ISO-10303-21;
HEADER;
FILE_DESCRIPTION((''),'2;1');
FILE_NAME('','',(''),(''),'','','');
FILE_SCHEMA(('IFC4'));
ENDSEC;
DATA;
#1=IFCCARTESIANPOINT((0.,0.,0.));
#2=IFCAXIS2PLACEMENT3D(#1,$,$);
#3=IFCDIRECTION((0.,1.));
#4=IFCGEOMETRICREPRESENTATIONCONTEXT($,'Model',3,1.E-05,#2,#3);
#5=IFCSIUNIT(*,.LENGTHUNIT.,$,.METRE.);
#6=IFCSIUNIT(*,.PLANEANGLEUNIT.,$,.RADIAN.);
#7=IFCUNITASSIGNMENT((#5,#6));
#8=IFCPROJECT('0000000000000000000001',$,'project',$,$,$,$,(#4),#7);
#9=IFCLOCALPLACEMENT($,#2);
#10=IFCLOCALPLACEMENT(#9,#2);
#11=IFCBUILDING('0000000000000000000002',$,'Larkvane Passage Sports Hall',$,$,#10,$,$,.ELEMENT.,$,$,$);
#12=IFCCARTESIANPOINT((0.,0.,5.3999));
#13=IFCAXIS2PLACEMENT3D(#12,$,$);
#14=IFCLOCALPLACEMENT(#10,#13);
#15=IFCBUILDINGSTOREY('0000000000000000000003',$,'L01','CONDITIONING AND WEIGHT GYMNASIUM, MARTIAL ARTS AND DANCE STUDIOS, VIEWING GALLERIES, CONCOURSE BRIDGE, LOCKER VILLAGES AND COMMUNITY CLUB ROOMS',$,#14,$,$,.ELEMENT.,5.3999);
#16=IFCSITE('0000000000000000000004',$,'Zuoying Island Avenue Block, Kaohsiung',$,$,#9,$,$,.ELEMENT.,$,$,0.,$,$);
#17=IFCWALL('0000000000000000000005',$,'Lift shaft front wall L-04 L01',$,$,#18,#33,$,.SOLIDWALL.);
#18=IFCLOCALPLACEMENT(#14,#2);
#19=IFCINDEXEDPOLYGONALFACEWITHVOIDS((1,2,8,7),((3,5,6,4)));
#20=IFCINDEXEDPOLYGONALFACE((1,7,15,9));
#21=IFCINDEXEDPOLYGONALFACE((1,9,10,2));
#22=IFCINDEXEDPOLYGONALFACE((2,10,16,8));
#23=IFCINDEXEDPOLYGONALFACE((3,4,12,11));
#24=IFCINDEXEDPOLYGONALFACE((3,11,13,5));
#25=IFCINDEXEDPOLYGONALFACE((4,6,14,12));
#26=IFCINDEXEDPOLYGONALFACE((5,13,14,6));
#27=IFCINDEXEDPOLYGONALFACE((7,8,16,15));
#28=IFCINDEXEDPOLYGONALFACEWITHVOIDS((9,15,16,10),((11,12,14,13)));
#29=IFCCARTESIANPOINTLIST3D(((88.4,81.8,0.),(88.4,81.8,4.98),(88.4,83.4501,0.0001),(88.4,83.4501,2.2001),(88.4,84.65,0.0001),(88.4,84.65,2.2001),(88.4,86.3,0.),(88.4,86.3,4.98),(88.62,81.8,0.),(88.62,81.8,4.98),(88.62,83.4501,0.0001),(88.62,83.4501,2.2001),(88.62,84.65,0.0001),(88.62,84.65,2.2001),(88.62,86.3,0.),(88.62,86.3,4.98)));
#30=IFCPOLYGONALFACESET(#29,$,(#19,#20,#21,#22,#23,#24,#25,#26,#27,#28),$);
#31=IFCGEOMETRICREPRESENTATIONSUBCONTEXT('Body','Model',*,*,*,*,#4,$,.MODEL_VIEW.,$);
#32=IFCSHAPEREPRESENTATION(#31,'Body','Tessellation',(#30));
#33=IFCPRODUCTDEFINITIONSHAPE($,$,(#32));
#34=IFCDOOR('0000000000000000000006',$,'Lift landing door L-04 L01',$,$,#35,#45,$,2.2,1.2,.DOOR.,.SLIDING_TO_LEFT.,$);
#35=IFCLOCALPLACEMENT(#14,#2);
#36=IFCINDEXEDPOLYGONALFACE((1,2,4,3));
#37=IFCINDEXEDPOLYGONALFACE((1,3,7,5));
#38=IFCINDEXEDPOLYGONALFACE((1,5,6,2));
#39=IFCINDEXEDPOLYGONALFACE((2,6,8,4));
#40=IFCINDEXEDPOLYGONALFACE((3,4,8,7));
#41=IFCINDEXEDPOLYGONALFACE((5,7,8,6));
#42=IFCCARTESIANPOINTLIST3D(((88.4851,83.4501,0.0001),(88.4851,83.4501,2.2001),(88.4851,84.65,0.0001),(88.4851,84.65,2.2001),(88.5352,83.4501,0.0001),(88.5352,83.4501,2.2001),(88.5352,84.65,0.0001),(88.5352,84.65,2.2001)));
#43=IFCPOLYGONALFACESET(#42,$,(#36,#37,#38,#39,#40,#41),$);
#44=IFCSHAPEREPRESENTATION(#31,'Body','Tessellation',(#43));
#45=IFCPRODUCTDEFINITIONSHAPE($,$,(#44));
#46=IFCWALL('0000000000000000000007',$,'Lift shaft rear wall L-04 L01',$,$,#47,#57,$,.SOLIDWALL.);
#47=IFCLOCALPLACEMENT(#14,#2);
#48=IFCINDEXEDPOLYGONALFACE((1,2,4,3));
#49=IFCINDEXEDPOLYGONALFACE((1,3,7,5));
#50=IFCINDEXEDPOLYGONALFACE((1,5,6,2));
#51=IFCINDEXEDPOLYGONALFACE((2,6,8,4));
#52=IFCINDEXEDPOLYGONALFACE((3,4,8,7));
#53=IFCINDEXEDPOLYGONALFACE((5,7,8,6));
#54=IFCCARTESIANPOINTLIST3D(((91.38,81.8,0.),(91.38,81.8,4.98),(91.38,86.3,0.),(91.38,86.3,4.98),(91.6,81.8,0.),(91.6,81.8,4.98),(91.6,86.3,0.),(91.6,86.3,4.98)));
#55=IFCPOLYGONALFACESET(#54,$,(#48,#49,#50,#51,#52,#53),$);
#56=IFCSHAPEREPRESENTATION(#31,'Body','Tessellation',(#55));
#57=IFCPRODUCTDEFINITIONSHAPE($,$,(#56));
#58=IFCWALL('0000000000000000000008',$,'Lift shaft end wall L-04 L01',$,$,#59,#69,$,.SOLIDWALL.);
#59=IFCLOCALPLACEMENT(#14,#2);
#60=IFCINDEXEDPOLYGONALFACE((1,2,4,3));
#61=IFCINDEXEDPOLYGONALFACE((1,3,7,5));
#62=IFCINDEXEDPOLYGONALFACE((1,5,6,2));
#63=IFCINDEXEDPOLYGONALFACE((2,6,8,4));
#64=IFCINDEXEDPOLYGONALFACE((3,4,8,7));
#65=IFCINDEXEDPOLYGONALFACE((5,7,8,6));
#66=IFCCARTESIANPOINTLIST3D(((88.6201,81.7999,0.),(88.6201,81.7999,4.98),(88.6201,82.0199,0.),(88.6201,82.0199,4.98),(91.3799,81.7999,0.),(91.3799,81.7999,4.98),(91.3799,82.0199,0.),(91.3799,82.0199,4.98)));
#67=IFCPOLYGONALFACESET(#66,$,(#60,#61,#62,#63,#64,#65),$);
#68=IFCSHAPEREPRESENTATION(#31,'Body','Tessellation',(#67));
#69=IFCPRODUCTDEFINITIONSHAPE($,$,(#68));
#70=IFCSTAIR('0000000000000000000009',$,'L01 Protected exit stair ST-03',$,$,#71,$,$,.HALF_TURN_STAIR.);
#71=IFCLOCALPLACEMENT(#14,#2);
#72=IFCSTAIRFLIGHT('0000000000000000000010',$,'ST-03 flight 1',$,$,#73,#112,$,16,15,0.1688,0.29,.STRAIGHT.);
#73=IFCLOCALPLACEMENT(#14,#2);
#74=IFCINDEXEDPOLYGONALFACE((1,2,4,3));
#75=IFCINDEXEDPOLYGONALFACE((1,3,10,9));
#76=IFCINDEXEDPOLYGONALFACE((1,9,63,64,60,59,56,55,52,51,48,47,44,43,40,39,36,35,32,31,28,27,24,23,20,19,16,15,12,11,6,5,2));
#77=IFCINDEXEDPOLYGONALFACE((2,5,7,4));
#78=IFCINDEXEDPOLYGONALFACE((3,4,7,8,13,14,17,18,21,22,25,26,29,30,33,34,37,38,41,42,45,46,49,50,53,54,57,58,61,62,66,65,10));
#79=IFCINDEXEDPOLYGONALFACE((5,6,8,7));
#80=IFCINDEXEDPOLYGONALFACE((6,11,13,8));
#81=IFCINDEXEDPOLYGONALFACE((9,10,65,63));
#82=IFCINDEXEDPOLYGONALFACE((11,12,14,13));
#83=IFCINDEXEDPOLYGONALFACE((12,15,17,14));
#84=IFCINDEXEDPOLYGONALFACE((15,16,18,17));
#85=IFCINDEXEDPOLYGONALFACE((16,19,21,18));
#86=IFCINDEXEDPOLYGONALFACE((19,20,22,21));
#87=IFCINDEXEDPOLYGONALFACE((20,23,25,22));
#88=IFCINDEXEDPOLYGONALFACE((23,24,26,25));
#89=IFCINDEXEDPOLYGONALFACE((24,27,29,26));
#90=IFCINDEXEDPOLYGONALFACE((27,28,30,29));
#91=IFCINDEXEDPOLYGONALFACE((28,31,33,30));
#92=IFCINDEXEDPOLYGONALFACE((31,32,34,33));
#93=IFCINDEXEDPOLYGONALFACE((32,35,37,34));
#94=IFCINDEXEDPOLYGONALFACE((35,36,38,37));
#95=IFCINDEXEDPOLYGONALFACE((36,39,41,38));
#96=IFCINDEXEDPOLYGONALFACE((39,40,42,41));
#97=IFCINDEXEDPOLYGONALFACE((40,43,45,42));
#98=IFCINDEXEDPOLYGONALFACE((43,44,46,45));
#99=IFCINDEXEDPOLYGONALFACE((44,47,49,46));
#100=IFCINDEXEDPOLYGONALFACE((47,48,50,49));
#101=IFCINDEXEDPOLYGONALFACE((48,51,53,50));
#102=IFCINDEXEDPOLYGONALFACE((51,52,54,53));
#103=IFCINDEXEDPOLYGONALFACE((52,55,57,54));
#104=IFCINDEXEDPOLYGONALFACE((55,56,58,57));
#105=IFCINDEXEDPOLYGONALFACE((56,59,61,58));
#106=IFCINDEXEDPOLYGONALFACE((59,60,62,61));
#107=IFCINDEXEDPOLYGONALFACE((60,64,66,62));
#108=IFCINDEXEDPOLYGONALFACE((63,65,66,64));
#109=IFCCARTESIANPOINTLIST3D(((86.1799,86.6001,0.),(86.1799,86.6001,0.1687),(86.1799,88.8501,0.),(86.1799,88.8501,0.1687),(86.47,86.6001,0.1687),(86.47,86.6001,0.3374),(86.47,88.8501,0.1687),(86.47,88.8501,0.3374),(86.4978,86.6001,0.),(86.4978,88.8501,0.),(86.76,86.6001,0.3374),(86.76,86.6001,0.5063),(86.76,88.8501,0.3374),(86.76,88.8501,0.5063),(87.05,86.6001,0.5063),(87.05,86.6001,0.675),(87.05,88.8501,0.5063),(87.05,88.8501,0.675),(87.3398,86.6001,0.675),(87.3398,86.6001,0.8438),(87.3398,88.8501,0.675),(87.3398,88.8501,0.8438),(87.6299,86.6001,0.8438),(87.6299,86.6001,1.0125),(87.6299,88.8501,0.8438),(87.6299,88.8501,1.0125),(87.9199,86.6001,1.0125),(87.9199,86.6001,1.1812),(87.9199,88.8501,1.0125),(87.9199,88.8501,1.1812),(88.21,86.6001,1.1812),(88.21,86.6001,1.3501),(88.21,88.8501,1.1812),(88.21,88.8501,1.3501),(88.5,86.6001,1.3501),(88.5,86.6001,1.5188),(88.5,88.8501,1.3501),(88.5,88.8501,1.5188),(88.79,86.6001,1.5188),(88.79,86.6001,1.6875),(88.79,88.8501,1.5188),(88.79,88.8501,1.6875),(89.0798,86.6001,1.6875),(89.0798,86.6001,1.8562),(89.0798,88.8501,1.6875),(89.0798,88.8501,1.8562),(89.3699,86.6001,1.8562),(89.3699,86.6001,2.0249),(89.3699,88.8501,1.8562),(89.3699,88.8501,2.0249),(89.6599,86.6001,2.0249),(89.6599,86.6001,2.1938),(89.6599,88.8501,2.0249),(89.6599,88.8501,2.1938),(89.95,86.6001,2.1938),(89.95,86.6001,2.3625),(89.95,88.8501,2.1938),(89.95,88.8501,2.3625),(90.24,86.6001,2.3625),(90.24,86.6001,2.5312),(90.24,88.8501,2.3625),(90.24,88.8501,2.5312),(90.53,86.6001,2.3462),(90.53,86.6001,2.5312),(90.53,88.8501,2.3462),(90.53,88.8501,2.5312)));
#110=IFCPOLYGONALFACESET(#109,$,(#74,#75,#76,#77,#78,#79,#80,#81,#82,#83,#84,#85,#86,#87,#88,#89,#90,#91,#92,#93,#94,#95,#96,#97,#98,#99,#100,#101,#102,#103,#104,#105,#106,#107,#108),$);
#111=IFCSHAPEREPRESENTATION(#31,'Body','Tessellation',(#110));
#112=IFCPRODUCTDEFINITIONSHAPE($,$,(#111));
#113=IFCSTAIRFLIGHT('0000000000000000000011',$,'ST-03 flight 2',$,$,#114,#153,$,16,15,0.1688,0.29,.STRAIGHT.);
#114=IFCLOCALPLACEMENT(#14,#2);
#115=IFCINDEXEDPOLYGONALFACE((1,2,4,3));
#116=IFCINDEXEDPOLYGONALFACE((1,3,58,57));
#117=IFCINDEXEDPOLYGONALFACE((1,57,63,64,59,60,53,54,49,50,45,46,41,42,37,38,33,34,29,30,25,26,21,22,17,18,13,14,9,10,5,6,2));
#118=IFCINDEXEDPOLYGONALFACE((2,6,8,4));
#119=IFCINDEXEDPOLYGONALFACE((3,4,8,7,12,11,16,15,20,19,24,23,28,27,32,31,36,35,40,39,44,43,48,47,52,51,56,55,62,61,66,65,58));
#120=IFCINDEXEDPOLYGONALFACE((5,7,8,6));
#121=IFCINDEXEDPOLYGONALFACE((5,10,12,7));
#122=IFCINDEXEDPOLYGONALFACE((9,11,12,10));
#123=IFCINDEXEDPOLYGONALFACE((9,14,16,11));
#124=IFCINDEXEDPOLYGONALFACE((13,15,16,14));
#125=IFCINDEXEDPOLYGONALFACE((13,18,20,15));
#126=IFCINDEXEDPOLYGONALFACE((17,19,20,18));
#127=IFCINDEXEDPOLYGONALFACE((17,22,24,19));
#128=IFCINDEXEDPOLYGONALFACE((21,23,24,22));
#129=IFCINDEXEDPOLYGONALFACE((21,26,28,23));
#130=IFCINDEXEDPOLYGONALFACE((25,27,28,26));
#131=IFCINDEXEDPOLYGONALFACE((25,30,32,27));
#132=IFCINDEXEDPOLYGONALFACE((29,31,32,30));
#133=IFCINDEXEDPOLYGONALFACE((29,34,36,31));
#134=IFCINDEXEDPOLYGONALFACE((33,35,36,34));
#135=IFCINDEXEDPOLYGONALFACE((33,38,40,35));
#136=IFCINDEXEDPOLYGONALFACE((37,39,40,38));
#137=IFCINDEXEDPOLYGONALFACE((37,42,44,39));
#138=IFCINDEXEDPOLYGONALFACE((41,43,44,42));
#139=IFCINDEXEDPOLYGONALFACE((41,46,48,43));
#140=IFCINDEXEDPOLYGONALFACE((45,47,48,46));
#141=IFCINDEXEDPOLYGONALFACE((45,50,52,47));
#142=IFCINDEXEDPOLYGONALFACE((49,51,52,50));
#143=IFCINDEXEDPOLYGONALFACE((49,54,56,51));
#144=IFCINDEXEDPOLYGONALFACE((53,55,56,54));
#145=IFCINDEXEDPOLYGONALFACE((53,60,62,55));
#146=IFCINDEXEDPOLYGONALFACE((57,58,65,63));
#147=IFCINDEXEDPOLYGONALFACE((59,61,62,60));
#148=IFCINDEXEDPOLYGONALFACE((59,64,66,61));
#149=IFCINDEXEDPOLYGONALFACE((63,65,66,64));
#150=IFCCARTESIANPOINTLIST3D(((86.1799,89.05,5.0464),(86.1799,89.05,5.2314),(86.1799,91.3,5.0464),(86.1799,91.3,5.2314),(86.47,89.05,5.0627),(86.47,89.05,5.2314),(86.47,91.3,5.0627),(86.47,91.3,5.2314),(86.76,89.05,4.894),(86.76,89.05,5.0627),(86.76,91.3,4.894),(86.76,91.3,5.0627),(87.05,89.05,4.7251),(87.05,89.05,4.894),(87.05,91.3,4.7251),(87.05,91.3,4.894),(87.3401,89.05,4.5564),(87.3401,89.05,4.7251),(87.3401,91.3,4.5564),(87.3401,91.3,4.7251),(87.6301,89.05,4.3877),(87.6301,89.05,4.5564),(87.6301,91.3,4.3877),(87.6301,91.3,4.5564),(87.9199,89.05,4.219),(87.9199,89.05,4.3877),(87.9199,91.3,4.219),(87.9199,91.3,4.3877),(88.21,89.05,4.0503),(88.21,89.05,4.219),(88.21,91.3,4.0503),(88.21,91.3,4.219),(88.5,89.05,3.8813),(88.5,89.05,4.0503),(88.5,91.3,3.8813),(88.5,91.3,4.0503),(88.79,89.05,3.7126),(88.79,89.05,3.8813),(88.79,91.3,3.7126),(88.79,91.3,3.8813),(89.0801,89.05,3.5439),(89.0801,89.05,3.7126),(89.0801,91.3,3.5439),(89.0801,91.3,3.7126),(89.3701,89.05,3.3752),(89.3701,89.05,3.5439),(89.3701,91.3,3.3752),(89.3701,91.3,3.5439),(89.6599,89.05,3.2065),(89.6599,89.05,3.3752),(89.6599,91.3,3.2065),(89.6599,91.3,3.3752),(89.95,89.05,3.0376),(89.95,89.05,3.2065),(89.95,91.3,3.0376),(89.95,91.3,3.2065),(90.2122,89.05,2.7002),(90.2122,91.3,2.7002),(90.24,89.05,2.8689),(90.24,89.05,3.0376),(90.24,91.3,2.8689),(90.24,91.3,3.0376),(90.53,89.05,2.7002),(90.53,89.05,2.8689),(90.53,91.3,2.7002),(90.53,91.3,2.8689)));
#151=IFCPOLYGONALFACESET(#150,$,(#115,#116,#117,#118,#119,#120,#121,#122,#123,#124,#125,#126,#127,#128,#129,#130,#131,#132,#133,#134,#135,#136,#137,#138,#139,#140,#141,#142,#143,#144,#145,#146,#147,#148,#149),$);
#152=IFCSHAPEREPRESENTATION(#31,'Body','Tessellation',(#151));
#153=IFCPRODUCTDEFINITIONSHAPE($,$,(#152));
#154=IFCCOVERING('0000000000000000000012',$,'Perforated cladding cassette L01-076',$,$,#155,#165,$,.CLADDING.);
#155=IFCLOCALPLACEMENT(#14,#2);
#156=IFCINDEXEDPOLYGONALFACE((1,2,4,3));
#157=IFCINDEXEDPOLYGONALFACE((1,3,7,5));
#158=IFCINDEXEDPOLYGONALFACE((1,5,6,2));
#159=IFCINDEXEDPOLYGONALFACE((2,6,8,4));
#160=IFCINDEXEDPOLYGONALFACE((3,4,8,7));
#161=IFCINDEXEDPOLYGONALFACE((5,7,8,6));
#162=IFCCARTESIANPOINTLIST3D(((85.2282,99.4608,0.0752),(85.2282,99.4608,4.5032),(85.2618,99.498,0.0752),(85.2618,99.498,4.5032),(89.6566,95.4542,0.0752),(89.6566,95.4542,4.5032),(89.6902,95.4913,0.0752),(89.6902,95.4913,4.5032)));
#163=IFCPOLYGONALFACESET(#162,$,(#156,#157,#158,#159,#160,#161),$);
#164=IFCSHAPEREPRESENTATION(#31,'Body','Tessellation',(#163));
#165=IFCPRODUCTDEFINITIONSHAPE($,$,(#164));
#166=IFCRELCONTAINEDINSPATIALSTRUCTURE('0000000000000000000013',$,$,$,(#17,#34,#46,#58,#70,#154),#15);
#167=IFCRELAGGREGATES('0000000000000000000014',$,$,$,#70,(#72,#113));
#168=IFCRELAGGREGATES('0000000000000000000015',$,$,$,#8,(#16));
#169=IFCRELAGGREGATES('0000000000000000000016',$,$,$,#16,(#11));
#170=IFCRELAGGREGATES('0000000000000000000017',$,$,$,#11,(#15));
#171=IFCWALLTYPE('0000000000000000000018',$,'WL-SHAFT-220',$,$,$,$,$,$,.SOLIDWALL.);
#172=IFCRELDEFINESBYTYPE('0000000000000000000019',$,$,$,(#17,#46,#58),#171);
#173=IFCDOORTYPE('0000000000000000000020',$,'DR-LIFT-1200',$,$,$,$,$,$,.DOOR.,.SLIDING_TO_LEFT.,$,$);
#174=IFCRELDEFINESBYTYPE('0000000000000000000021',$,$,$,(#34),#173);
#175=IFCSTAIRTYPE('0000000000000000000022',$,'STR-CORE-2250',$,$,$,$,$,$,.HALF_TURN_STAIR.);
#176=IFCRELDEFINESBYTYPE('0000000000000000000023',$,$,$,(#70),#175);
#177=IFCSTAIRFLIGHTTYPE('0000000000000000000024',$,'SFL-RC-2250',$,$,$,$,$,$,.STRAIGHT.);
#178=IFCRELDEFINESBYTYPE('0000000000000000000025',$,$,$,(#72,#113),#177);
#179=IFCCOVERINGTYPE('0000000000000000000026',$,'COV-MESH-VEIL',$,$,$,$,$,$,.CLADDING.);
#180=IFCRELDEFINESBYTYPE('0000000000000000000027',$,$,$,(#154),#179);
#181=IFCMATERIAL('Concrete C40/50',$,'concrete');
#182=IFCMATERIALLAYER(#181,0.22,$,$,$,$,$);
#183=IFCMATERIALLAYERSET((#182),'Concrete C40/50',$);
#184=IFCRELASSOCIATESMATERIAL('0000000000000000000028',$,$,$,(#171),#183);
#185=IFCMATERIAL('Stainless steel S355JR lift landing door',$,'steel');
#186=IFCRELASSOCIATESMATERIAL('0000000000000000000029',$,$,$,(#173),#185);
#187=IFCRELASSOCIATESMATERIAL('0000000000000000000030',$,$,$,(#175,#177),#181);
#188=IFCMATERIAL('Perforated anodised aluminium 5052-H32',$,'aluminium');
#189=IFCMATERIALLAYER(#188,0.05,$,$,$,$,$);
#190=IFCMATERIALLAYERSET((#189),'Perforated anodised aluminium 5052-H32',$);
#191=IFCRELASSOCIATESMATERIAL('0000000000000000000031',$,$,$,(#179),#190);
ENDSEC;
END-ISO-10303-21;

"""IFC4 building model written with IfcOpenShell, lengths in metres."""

from ifc_helpers import new_model, si_unit, direction, frame, frame_2d, origin, origin_2d, place, context, subcontext, project, spatial, polyline, rectangle, outline, extrude, material, layer, layer_set, type_object, element, fill, aggregate, save


model = new_model("IFC4")

# Units and contexts
model_context = context("Model", 3, precision=1e-05, world=origin(), true_north=direction((0.0, 1.0)))
body_context = subcontext(model_context, "Body", "Model", "MODEL_VIEW")
ifc_project = project(units=[si_unit("LENGTHUNIT", "METRE"), si_unit("PLANEANGLEUNIT", "RADIAN")], contexts=[model_context])

# Site, building, storey
site_placement = place(None, origin())
site = spatial("IfcSite", under=ifc_project, at=site_placement, Name="Zuoying Island Avenue Block, Kaohsiung", CompositionType="ELEMENT", RefElevation=0.0)
building_placement = place(site_placement, origin())
building = spatial("IfcBuilding", under=site, at=building_placement, Name="Larkvane Passage Sports Hall", CompositionType="ELEMENT")
storey_placement = place(building_placement, frame((0.0, 0.0, 5.3999)))
storey = spatial("IfcBuildingStorey", under=building, at=storey_placement, Name="L01", Description="CONDITIONING AND WEIGHT GYMNASIUM, MARTIAL ARTS AND DANCE STUDIOS, VIEWING GALLERIES, CONCOURSE BRIDGE, LOCKER VILLAGES AND COMMUNITY CLUB ROOMS", CompositionType="ELEMENT", Elevation=5.3999)

# Wall, opening, door
ifc_material_1 = material(Name="Concrete C40/50", Category="concrete")
ifc_layer_1 = layer(ifc_material_1, 0.22)
ifc_layer_set_1 = layer_set([ifc_layer_1], Name="Concrete C40/50")
wall_type_1 = type_object("IfcWallType", Name="WL-SHAFT-220", PredefinedType="SOLIDWALL", material=ifc_layer_set_1)
wall_1_placement = place(storey_placement, frame((88.51, 81.8, 0.0), z_axis=(0.0, 0.0, 1.0), x_axis=(0.0, 1.0, 0.0)))
wall_1 = element("IfcWall", 1, at=wall_1_placement, inside=storey, type_object=wall_type_1, Name="Lift shaft front wall L-04 L01", PredefinedType="SOLIDWALL", context=body_context, shape_type="SweptSolid", body=[
    extrude(rectangle(XDim=4.5, YDim=0.22, at=frame_2d((2.25, 0.0))), origin(), (0.0, 0.0, 1.0), 4.98),
])
opening_1_placement = place(wall_1_placement, frame((1.6499, 0.0, 0.0)))
opening_1 = element("IfcOpeningElement", 2, at=opening_1_placement, cuts=wall_1, PredefinedType="OPENING", context=body_context, shape_type="SweptSolid", body=[
    extrude(rectangle(XDim=1.2, YDim=2.2, at=frame_2d((0.6001, 1.1001))), frame((0.0, 0.1199, 0.0), z_axis=(0.0, -1.0, 0.0), x_axis=(1.0, 0.0, 0.0)), (0.0, 0.0, 1.0), 0.24),
])
ifc_material_2 = material(Name="Stainless steel S355JR lift landing door", Category="steel")
door_type_1 = type_object("IfcDoorType", Name="DR-LIFT-1200", OperationType="SLIDING_TO_LEFT", PredefinedType="DOOR", material=ifc_material_2)
door_1_placement = place(opening_1_placement, origin())
door_1 = element("IfcDoor", 3, at=door_1_placement, inside=storey, type_object=door_type_1, Name="Lift landing door L-04 L01", OperationType="SLIDING_TO_LEFT", OverallHeight=2.2, OverallWidth=1.2, PredefinedType="DOOR", context=body_context, shape_type="SweptSolid", body=[
    extrude(rectangle(XDim=1.2, YDim=2.2, at=frame_2d((0.6001, 1.1001))), frame((0.0, 0.0249, 0.0), z_axis=(0.0, -1.0, 0.0), x_axis=(1.0, 0.0, 0.0)), (0.0, 0.0, 1.0), 0.05),
])
fill(opening_1, door_1)

# Walls
wall_2_placement = place(storey_placement, frame((91.49, 81.8, 0.0), z_axis=(0.0, 0.0, 1.0), x_axis=(0.0, 1.0, 0.0)))
element("IfcWall", 4, at=wall_2_placement, inside=storey, type_object=wall_type_1, Name="Lift shaft rear wall L-04 L01", PredefinedType="SOLIDWALL", context=body_context, shape_type="SweptSolid", body=[
    extrude(rectangle(XDim=4.5, YDim=0.22, at=frame_2d((2.25, 0.0))), origin(), (0.0, 0.0, 1.0), 4.98),
])
wall_3_placement = place(storey_placement, frame((88.6201, 81.9099, 0.0), z_axis=(0.0, 0.0, 1.0), x_axis=(1.0, 0.0, 0.0)))
element("IfcWall", 5, at=wall_3_placement, inside=storey, type_object=wall_type_1, Name="Lift shaft end wall L-04 L01", PredefinedType="SOLIDWALL", context=body_context, shape_type="SweptSolid", body=[
    extrude(rectangle(XDim=2.7598, YDim=0.22, at=frame_2d((1.3799, 0.0))), origin(), (0.0, 0.0, 1.0), 4.98),
])

# Stair, stair flights
stair_type = type_object("IfcStairType", Name="STR-CORE-2250", PredefinedType="HALF_TURN_STAIR", material=ifc_material_1)
stair_placement = place(storey_placement, origin())
stair = element("IfcStair", 6, at=stair_placement, inside=storey, type_object=stair_type, Name="L01 Protected exit stair ST-03", PredefinedType="HALF_TURN_STAIR")
stair_flight_type = type_object("IfcStairFlightType", Name="SFL-RC-2250", PredefinedType="STRAIGHT", material=ifc_material_1)
stair_flight_1_placement = place(storey_placement, frame((86.1799, 87.7251, 0.0), z_axis=(0.0, 0.0, 1.0), x_axis=(1.0, 0.0, 0.0)))
stair_flight_1 = element("IfcStairFlight", 7, at=stair_flight_1_placement, type_object=stair_flight_type, Name="ST-03 flight 1", NumberOfRisers=16, NumberOfTreads=15, PredefinedType="STRAIGHT", RiserHeight=0.1688, TreadLength=0.29, context=body_context, shape_type="SweptSolid", body=[
    extrude(outline(polyline([(0.0, 0.0), (0.0, 0.1687), (0.29, 0.1687), (0.29, 0.3374), (0.5801, 0.3374), (0.5801, 0.5063), (0.8701, 0.5063), (0.8701, 0.675), (1.1599, 0.675), (1.1599, 0.8438), (1.45, 0.8438), (1.45, 1.0125), (1.74, 1.0125), (1.74, 1.1812), (2.03, 1.1812), (2.03, 1.3501), (2.3201, 1.3501), (2.3201, 1.5188), (2.6101, 1.5188), (2.6101, 1.6875), (2.8999, 1.6875), (2.8999, 1.8562), (3.1899, 1.8562), (3.1899, 2.0249), (3.48, 2.0249), (3.48, 2.1938), (3.77, 2.1938), (3.77, 2.3625), (4.0601, 2.3625), (4.0601, 2.5312), (4.3501, 2.5312), (4.3501, 2.7), (4.3501, 2.3462), (0.3179, 0.0), (0.0, 0.0)])), frame((0.0, 1.125, 0.0), z_axis=(0.0, -1.0, 0.0), x_axis=(1.0, 0.0, 0.0)), (0.0, 0.0, 1.0), 2.25),
])
stair_flight_2_placement = place(storey_placement, frame((90.53, 90.175, 2.7002), z_axis=(0.0, 0.0, 1.0), x_axis=(-1.0, 0.0, 0.0)))
stair_flight_2 = element("IfcStairFlight", 8, at=stair_flight_2_placement, type_object=stair_flight_type, Name="ST-03 flight 2", NumberOfRisers=16, NumberOfTreads=15, PredefinedType="STRAIGHT", RiserHeight=0.1688, TreadLength=0.29, context=body_context, shape_type="SweptSolid", body=[
    extrude(outline(polyline([(0.0, 0.0), (0.0, 0.1687), (0.29, 0.1687), (0.29, 0.3374), (0.5801, 0.3374), (0.5801, 0.5063), (0.8701, 0.5063), (0.8701, 0.675), (1.1599, 0.675), (1.1599, 0.8438), (1.45, 0.8438), (1.45, 1.0125), (1.74, 1.0125), (1.74, 1.1812), (2.03, 1.1812), (2.03, 1.3501), (2.3201, 1.3501), (2.3201, 1.5188), (2.6101, 1.5188), (2.6101, 1.6875), (2.8999, 1.6875), (2.8999, 1.8562), (3.1899, 1.8562), (3.1899, 2.0249), (3.48, 2.0249), (3.48, 2.1938), (3.77, 2.1938), (3.77, 2.3625), (4.0601, 2.3625), (4.0601, 2.5312), (4.3501, 2.5312), (4.3501, 2.7), (4.3501, 2.3462), (0.3179, 0.0), (0.0, 0.0)])), frame((0.0, 1.125, 0.0), z_axis=(0.0, -1.0, 0.0), x_axis=(1.0, 0.0, 0.0)), (0.0, 0.0, 1.0), 2.25),
])
aggregate(stair, [stair_flight_1, stair_flight_2])

# Covering
ifc_material_3 = material(Name="Perforated anodised aluminium 5052-H32", Category="aluminium")
ifc_layer_2 = layer(ifc_material_3, 0.05)
ifc_layer_set_2 = layer_set([ifc_layer_2], Name="Perforated anodised aluminium 5052-H32")
covering_type = type_object("IfcCoveringType", Name="COV-MESH-VEIL", PredefinedType="CLADDING", material=ifc_layer_set_2)
covering_placement = place(storey_placement, frame((87.4592, 97.4761, 0.0752), z_axis=(0.0, 0.0, 1.0), x_axis=(0.741536, -0.670913, 0.0)))
element("IfcCovering", 9, at=covering_placement, inside=storey, type_object=covering_type, Name="Perforated cladding cassette L01-076", PredefinedType="CLADDING", context=body_context, shape_type="SweptSolid", body=[
    extrude(rectangle(XDim=5.9719, YDim=0.05, at=origin_2d()), origin(), (0.0, 0.0, 1.0), 4.428),
])

save(model, "model.ifc")
